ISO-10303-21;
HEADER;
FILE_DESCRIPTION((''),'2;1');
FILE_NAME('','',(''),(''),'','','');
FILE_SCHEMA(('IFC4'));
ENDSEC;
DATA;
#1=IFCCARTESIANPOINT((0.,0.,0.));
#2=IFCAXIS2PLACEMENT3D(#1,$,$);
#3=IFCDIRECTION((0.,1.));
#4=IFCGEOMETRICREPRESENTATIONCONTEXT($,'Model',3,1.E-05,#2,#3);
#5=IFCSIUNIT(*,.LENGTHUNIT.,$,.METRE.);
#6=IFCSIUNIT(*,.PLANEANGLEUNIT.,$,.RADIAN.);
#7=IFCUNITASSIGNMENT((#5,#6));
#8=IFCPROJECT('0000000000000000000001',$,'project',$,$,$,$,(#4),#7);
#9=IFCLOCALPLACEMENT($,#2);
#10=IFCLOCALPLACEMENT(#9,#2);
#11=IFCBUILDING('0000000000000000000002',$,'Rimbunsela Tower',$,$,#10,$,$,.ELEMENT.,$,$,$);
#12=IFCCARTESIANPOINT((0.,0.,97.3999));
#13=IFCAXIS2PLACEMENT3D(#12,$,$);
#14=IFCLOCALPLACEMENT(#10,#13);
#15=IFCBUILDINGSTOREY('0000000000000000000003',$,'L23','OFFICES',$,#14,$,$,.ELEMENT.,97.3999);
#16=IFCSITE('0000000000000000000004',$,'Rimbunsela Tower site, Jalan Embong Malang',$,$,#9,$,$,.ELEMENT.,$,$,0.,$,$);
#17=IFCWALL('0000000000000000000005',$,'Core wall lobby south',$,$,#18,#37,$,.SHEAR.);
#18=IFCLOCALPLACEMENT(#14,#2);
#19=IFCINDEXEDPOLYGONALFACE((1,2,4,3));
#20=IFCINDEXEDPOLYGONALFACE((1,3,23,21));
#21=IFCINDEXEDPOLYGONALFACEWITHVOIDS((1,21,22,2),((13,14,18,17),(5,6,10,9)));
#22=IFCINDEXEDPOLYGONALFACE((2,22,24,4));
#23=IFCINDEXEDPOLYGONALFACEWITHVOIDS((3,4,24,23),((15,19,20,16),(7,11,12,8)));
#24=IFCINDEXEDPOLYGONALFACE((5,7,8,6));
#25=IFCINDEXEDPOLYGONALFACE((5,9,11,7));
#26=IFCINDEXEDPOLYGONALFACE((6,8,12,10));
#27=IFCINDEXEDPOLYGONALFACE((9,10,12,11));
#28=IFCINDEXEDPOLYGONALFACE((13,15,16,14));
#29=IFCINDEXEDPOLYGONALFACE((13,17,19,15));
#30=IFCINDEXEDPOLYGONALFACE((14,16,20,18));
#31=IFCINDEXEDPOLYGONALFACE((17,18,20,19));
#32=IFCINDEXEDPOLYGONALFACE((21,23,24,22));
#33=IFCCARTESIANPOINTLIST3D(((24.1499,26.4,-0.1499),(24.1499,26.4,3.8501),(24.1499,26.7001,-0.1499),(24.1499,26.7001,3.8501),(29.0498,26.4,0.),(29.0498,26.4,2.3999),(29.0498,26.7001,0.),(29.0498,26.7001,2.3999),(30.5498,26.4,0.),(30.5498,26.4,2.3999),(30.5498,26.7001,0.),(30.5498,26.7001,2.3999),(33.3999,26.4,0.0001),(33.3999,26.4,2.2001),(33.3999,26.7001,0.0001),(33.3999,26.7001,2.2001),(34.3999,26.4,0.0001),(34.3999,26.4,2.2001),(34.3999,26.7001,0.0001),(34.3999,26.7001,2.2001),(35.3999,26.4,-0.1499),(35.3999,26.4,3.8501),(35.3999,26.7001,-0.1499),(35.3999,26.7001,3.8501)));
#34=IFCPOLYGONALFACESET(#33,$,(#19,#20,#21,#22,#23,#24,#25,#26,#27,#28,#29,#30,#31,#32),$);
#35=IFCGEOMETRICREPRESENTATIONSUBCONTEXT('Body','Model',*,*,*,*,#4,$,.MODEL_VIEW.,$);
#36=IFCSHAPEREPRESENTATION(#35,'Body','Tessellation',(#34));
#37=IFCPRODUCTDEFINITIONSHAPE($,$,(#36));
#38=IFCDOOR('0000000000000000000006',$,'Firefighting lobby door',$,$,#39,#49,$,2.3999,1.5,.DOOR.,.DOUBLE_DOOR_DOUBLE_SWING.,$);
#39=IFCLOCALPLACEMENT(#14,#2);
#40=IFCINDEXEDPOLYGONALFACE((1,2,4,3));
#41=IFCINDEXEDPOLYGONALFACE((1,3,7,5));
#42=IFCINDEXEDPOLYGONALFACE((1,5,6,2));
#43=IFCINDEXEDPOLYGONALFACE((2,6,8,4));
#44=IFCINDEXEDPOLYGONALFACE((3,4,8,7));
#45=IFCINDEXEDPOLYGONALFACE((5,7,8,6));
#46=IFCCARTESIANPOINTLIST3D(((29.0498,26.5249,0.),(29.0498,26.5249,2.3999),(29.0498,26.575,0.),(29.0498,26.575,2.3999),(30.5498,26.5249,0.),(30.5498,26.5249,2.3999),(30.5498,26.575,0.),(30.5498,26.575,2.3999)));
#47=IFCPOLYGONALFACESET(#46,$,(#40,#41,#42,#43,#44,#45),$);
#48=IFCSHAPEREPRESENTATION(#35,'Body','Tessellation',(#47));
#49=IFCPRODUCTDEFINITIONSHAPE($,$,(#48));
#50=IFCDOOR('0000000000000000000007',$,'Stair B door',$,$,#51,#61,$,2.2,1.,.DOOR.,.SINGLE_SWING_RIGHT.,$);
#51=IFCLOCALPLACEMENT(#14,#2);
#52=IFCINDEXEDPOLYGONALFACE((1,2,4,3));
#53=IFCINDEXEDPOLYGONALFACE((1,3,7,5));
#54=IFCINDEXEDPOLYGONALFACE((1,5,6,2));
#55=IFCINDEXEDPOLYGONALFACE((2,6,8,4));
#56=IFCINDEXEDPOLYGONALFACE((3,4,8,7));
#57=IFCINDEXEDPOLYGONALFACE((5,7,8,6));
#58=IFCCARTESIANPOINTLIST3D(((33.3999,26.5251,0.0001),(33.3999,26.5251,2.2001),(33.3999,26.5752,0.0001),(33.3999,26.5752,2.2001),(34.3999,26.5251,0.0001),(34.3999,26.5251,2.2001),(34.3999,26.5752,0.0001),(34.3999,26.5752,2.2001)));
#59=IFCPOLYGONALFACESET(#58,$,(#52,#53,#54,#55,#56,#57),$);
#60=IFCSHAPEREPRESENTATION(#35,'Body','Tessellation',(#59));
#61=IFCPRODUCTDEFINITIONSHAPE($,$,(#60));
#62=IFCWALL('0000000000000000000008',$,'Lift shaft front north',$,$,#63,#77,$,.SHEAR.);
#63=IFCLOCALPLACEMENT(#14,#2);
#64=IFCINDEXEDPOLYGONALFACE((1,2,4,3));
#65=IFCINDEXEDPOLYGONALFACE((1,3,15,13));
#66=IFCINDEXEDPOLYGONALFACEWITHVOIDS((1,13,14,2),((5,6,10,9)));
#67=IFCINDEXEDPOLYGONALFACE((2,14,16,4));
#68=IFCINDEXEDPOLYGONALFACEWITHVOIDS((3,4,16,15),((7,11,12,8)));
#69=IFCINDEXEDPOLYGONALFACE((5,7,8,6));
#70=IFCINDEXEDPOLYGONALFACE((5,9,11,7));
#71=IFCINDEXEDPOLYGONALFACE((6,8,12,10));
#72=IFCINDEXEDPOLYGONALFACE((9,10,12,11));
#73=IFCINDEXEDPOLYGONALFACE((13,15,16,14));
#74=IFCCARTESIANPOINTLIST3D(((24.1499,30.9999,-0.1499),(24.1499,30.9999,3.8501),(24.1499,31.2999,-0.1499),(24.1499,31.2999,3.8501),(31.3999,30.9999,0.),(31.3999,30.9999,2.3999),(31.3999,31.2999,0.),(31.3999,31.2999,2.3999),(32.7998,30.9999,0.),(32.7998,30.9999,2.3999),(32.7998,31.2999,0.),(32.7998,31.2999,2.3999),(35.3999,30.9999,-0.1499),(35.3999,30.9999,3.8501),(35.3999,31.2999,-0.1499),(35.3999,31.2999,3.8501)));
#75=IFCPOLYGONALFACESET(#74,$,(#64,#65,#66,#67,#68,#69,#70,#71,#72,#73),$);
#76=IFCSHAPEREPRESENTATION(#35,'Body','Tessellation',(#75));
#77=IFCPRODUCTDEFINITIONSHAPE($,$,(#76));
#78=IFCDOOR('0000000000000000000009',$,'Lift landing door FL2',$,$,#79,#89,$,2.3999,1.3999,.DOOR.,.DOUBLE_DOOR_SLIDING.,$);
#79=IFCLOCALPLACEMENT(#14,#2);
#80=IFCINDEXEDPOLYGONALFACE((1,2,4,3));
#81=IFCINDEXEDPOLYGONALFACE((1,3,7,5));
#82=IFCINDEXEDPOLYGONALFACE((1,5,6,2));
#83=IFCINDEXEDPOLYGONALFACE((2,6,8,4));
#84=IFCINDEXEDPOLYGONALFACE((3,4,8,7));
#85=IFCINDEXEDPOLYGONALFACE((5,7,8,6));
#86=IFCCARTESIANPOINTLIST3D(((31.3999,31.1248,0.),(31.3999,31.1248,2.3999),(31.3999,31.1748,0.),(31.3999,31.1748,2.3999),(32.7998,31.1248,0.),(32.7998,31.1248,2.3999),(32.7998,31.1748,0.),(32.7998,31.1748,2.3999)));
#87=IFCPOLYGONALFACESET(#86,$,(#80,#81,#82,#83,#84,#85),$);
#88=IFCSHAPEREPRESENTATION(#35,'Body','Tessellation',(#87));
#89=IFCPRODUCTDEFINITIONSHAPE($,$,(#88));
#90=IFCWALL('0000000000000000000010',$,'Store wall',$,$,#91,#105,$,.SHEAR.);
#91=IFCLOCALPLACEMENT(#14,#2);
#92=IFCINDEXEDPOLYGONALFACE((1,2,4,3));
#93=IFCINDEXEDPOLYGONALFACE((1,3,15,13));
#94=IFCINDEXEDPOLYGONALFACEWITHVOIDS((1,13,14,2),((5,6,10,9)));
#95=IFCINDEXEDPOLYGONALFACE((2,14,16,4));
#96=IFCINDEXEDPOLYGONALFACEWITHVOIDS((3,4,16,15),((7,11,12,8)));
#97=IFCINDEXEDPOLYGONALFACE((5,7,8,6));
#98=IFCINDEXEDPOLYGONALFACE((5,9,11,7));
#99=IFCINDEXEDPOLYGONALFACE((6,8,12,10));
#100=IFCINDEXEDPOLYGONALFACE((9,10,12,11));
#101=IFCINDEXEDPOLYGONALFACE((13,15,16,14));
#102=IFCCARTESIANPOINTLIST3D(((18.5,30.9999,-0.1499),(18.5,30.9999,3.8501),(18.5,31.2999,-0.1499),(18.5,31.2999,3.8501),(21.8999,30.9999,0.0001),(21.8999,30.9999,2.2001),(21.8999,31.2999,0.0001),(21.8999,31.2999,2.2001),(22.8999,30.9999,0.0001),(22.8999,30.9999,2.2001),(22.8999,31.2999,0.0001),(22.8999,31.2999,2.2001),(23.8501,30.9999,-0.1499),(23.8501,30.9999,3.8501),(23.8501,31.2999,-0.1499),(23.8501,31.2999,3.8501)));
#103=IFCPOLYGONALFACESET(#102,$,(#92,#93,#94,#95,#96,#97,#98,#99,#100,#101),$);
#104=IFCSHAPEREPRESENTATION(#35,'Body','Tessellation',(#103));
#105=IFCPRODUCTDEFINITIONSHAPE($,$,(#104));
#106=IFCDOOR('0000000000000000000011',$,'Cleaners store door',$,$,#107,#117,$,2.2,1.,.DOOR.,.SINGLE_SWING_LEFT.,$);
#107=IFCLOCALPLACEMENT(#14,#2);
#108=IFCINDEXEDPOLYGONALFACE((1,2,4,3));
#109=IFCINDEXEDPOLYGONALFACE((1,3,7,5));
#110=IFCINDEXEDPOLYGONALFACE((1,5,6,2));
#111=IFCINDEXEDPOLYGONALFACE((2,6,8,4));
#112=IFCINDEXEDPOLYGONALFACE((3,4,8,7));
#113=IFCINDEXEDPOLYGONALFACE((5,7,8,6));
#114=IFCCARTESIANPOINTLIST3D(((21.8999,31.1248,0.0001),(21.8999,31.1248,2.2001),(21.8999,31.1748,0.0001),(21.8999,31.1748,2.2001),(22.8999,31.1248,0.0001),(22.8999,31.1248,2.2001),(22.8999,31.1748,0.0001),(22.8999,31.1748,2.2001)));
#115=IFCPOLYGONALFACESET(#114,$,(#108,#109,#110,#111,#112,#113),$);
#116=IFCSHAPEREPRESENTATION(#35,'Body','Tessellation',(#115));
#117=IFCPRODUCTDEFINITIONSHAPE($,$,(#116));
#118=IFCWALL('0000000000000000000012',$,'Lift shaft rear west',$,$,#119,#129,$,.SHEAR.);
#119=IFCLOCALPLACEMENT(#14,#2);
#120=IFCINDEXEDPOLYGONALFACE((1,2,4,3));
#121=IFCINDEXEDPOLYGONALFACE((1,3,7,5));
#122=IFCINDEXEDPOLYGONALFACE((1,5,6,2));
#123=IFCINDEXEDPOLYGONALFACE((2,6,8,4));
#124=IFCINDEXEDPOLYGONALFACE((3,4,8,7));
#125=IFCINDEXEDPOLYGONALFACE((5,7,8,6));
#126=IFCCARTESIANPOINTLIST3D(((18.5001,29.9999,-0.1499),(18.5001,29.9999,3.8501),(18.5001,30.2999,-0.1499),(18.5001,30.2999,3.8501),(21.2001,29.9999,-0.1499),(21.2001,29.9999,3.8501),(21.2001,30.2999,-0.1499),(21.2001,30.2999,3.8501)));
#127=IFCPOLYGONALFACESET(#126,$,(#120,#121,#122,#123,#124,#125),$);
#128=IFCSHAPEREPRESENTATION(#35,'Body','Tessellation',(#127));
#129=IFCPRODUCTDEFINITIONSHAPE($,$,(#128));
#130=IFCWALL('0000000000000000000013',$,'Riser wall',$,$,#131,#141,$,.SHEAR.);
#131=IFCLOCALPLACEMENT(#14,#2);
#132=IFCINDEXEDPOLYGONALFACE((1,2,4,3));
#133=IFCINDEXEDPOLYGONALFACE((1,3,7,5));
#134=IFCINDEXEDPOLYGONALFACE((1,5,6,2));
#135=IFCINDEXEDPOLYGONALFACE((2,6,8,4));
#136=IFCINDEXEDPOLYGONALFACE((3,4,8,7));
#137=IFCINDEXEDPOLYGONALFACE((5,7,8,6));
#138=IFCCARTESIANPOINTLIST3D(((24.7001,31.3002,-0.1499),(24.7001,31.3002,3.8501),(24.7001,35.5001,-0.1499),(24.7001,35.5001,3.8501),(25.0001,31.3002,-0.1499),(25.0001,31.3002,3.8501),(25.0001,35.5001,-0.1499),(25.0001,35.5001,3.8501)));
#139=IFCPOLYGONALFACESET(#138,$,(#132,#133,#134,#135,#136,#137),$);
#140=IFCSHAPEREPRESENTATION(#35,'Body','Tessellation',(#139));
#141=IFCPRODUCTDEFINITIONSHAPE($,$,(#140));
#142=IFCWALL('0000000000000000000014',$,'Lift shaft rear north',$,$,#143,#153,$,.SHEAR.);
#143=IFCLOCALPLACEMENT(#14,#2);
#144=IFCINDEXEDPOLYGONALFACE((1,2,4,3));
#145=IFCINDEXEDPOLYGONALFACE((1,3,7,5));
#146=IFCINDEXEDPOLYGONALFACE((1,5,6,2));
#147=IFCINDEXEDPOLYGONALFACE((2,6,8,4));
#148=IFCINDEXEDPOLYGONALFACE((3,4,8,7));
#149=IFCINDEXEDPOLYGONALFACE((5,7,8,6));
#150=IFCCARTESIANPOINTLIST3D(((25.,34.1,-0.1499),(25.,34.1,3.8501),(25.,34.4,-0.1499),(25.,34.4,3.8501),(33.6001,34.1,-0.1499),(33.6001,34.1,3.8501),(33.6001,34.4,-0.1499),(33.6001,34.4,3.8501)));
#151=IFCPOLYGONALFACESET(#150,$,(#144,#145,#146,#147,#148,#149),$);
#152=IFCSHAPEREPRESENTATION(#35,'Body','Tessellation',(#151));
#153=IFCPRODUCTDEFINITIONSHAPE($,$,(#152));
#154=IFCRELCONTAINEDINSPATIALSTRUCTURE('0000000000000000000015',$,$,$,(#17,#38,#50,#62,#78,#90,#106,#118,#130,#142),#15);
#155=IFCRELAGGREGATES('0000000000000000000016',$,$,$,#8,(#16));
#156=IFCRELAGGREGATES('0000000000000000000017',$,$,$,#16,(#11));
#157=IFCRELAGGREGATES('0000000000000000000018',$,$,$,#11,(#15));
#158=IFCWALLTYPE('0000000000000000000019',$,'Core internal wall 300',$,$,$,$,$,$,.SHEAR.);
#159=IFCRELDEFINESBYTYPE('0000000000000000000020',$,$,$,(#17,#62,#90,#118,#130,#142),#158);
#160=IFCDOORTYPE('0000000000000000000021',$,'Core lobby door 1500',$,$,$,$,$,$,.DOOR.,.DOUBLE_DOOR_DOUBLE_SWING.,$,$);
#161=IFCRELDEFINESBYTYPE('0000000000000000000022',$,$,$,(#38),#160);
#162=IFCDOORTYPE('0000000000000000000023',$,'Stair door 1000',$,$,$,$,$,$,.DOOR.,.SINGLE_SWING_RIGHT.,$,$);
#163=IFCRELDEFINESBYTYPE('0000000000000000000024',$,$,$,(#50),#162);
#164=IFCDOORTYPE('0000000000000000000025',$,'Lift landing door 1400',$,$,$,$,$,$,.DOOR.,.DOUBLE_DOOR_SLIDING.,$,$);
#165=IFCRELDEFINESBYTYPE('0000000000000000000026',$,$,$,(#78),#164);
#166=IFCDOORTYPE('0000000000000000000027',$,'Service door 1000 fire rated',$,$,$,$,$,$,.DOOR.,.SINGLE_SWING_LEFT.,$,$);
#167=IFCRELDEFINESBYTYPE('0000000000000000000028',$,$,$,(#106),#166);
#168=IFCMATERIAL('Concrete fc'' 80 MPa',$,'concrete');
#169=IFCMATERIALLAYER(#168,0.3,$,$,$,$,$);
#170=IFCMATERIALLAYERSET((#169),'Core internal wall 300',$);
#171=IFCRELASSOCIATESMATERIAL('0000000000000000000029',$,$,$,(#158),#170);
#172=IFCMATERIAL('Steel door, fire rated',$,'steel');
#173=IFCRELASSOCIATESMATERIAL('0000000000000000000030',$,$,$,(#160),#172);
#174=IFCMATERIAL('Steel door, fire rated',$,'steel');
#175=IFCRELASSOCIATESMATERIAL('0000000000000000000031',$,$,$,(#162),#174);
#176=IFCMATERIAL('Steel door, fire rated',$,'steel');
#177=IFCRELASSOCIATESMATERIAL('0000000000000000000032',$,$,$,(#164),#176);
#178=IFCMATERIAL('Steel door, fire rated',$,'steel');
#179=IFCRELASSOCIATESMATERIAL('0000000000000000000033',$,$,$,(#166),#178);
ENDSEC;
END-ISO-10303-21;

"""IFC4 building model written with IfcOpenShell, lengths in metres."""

from ifc_helpers import new_model, si_unit, direction, frame, frame_2d, origin, place, context, subcontext, project, spatial, rectangle, extrude, material, layer, layer_set, type_object, element, fill, save


model = new_model("IFC4")

# Units and contexts
model_context = context("Model", 3, precision=1e-05, world=origin(), true_north=direction((0.0, 1.0)))
body_context = subcontext(model_context, "Body", "Model", "MODEL_VIEW")
ifc_project = project(units=[si_unit("LENGTHUNIT", "METRE"), si_unit("PLANEANGLEUNIT", "RADIAN")], contexts=[model_context])

# Site, building, storey
site_placement = place(None, origin())
site = spatial("IfcSite", under=ifc_project, at=site_placement, Name="Rimbunsela Tower site, Jalan Embong Malang", CompositionType="ELEMENT", RefElevation=0.0)
building_placement = place(site_placement, origin())
building = spatial("IfcBuilding", under=site, at=building_placement, Name="Rimbunsela Tower", CompositionType="ELEMENT")
storey_placement = place(building_placement, frame((0.0, 0.0, 97.3999)))
storey = spatial("IfcBuildingStorey", under=building, at=storey_placement, Name="L23", Description="OFFICES", CompositionType="ELEMENT", Elevation=97.3999)

# Wall, openings, doors
ifc_material_1 = material(Name="Concrete fc' 80 MPa", Category="concrete")
ifc_layer_1 = layer(ifc_material_1, 0.3)
ifc_layer_set_1 = layer_set([ifc_layer_1], Name="Core internal wall 300")
wall_type_1 = type_object("IfcWallType", Name="Core internal wall 300", PredefinedType="SHEAR", material=ifc_layer_set_1)
wall_1_placement = place(storey_placement, frame((24.1499, 26.55, -0.1499), z_axis=(0.0, 0.0, 1.0), x_axis=(1.0, 0.0, 0.0)))
wall_1 = element("IfcWall", 1, at=wall_1_placement, inside=storey, type_object=wall_type_1, Name="Core wall lobby south", PredefinedType="SHEAR", context=body_context, shape_type="SweptSolid", body=[
    extrude(rectangle(XDim=11.25, YDim=0.3, at=frame_2d((5.625, 0.0))), origin(), (0.0, 0.0, 1.0), 4.0),
])
opening_1_placement = place(wall_1_placement, frame((9.25, 0.0, 0.1499)))
opening_1 = element("IfcOpeningElement", 2, at=opening_1_placement, cuts=wall_1, PredefinedType="OPENING", context=body_context, shape_type="SweptSolid", body=[
    extrude(rectangle(XDim=1.0, YDim=2.2, at=frame_2d((0.5, 1.1001))), frame((0.0, 0.1599, 0.0), z_axis=(0.0, -1.0, 0.0), x_axis=(1.0, 0.0, 0.0)), (0.0, 0.0, 1.0), 0.3201),
])
opening_2_placement = place(wall_1_placement, frame((4.8999, 0.0, 0.1499)))
opening_2 = element("IfcOpeningElement", 3, at=opening_2_placement, cuts=wall_1, PredefinedType="OPENING", context=body_context, shape_type="SweptSolid", body=[
    extrude(rectangle(XDim=1.5, YDim=2.3999, at=frame_2d((0.75, 1.2))), frame((0.0, 0.1599, 0.0), z_axis=(0.0, -1.0, 0.0), x_axis=(1.0, 0.0, 0.0)), (0.0, 0.0, 1.0), 0.3201),
])
ifc_material_2 = material(Name="Steel door, fire rated", Category="steel")
door_type_1 = type_object("IfcDoorType", Name="Core lobby door 1500", OperationType="DOUBLE_DOOR_DOUBLE_SWING", PredefinedType="DOOR", material=ifc_material_2)
door_1_placement = place(opening_2_placement, origin())
door_1 = element("IfcDoor", 4, at=door_1_placement, inside=storey, type_object=door_type_1, Name="Firefighting lobby door", OperationType="DOUBLE_DOOR_DOUBLE_SWING", OverallHeight=2.3999, OverallWidth=1.5, PredefinedType="DOOR", context=body_context, shape_type="SweptSolid", body=[
    extrude(rectangle(XDim=1.5, YDim=2.3999, at=frame_2d((0.75, 1.2))), frame((0.0, 0.0249, 0.0), z_axis=(0.0, -1.0, 0.0), x_axis=(1.0, 0.0, 0.0)), (0.0, 0.0, 1.0), 0.05),
])
fill(opening_2, door_1)
ifc_material_3 = material(Name="Steel door, fire rated", Category="steel")
door_type_2 = type_object("IfcDoorType", Name="Stair door 1000", OperationType="SINGLE_SWING_RIGHT", PredefinedType="DOOR", material=ifc_material_3)
door_2_placement = place(opening_1_placement, frame((1.0, 0.0, 0.0), z_axis=(0.0, 0.0, 1.0), x_axis=(-1.0, 0.0, 0.0)))
door_2 = element("IfcDoor", 5, at=door_2_placement, inside=storey, type_object=door_type_2, Name="Stair B door", OperationType="SINGLE_SWING_RIGHT", OverallHeight=2.2, OverallWidth=1.0, PredefinedType="DOOR", context=body_context, shape_type="SweptSolid", body=[
    extrude(rectangle(XDim=1.0, YDim=2.2, at=frame_2d((0.5, 1.1001))), frame((0.0, 0.0249, 0.0), z_axis=(0.0, -1.0, 0.0), x_axis=(1.0, 0.0, 0.0)), (0.0, 0.0, 1.0), 0.05),
])
fill(opening_1, door_2)

# Walls, openings, doors
wall_2_placement = place(storey_placement, frame((24.1499, 31.1499, -0.1499), z_axis=(0.0, 0.0, 1.0), x_axis=(1.0, 0.0, 0.0)))
wall_2 = element("IfcWall", 6, at=wall_2_placement, inside=storey, type_object=wall_type_1, Name="Lift shaft front north", PredefinedType="SHEAR", context=body_context, shape_type="SweptSolid", body=[
    extrude(rectangle(XDim=11.25, YDim=0.3, at=frame_2d((5.625, 0.0))), origin(), (0.0, 0.0, 1.0), 4.0),
])
opening_3_placement = place(wall_2_placement, frame((7.25, 0.0, 0.1499)))
opening_3 = element("IfcOpeningElement", 7, at=opening_3_placement, cuts=wall_2, PredefinedType="OPENING", context=body_context, shape_type="SweptSolid", body=[
    extrude(rectangle(XDim=1.3999, YDim=2.3999, at=frame_2d((0.7, 1.2))), frame((0.0, 0.1599, 0.0), z_axis=(0.0, -1.0, 0.0), x_axis=(1.0, 0.0, 0.0)), (0.0, 0.0, 1.0), 0.3201),
])
ifc_material_4 = material(Name="Steel door, fire rated", Category="steel")
door_type_3 = type_object("IfcDoorType", Name="Lift landing door 1400", OperationType="DOUBLE_DOOR_SLIDING", PredefinedType="DOOR", material=ifc_material_4)
door_3_placement = place(opening_3_placement, origin())
door_3 = element("IfcDoor", 8, at=door_3_placement, inside=storey, type_object=door_type_3, Name="Lift landing door FL2", OperationType="DOUBLE_DOOR_SLIDING", OverallHeight=2.3999, OverallWidth=1.3999, PredefinedType="DOOR", context=body_context, shape_type="SweptSolid", body=[
    extrude(rectangle(XDim=1.3999, YDim=2.3999, at=frame_2d((0.7, 1.2))), frame((0.0, 0.0249, 0.0), z_axis=(0.0, -1.0, 0.0), x_axis=(1.0, 0.0, 0.0)), (0.0, 0.0, 1.0), 0.05),
])
fill(opening_3, door_3)
wall_3_placement = place(storey_placement, frame((18.5, 31.1499, -0.1499), z_axis=(0.0, 0.0, 1.0), x_axis=(1.0, 0.0, 0.0)))
wall_3 = element("IfcWall", 9, at=wall_3_placement, inside=storey, type_object=wall_type_1, Name="Store wall", PredefinedType="SHEAR", context=body_context, shape_type="SweptSolid", body=[
    extrude(rectangle(XDim=5.3501, YDim=0.3, at=frame_2d((2.675, 0.0))), origin(), (0.0, 0.0, 1.0), 4.0),
])
opening_4_placement = place(wall_3_placement, frame((3.3999, 0.0, 0.1499)))
opening_4 = element("IfcOpeningElement", 10, at=opening_4_placement, cuts=wall_3, PredefinedType="OPENING", context=body_context, shape_type="SweptSolid", body=[
    extrude(rectangle(XDim=1.0, YDim=2.2, at=frame_2d((0.5, 1.1001))), frame((0.0, 0.1599, 0.0), z_axis=(0.0, -1.0, 0.0), x_axis=(1.0, 0.0, 0.0)), (0.0, 0.0, 1.0), 0.3201),
])
ifc_material_5 = material(Name="Steel door, fire rated", Category="steel")
door_type_4 = type_object("IfcDoorType", Name="Service door 1000 fire rated", OperationType="SINGLE_SWING_LEFT", PredefinedType="DOOR", material=ifc_material_5)
door_4_placement = place(opening_4_placement, origin())
door_4 = element("IfcDoor", 11, at=door_4_placement, inside=storey, type_object=door_type_4, Name="Cleaners store door", OperationType="SINGLE_SWING_LEFT", OverallHeight=2.2, OverallWidth=1.0, PredefinedType="DOOR", context=body_context, shape_type="SweptSolid", body=[
    extrude(rectangle(XDim=1.0, YDim=2.2, at=frame_2d((0.5, 1.1001))), frame((0.0, 0.0249, 0.0), z_axis=(0.0, -1.0, 0.0), x_axis=(1.0, 0.0, 0.0)), (0.0, 0.0, 1.0), 0.05),
])
fill(opening_4, door_4)

# Walls
wall_4_placement = place(storey_placement, frame((18.5, 30.1499, -0.1499), z_axis=(0.0, 0.0, 1.0), x_axis=(1.0, 0.0, 0.0)))
element("IfcWall", 12, at=wall_4_placement, inside=storey, type_object=wall_type_1, Name="Lift shaft rear west", PredefinedType="SHEAR", context=body_context, shape_type="SweptSolid", body=[
    extrude(rectangle(XDim=2.7, YDim=0.3, at=frame_2d((1.3501, 0.0))), origin(), (0.0, 0.0, 1.0), 4.0),
])
wall_5_placement = place(storey_placement, frame((24.8501, 31.3, -0.1499), z_axis=(0.0, 0.0, 1.0), x_axis=(0.0, 1.0, 0.0)))
element("IfcWall", 13, at=wall_5_placement, inside=storey, type_object=wall_type_1, Name="Riser wall", PredefinedType="SHEAR", context=body_context, shape_type="SweptSolid", body=[
    extrude(rectangle(XDim=4.2, YDim=0.3, at=frame_2d((2.1001, 0.0))), origin(), (0.0, 0.0, 1.0), 4.0),
])
wall_6_placement = place(storey_placement, frame((25.0, 34.25, -0.1499), z_axis=(0.0, 0.0, 1.0), x_axis=(1.0, 0.0, 0.0)))
element("IfcWall", 14, at=wall_6_placement, inside=storey, type_object=wall_type_1, Name="Lift shaft rear north", PredefinedType="SHEAR", context=body_context, shape_type="SweptSolid", body=[
    extrude(rectangle(XDim=8.6001, YDim=0.3, at=frame_2d((4.3, 0.0))), origin(), (0.0, 0.0, 1.0), 4.0),
])

save(model, "model.ifc")
